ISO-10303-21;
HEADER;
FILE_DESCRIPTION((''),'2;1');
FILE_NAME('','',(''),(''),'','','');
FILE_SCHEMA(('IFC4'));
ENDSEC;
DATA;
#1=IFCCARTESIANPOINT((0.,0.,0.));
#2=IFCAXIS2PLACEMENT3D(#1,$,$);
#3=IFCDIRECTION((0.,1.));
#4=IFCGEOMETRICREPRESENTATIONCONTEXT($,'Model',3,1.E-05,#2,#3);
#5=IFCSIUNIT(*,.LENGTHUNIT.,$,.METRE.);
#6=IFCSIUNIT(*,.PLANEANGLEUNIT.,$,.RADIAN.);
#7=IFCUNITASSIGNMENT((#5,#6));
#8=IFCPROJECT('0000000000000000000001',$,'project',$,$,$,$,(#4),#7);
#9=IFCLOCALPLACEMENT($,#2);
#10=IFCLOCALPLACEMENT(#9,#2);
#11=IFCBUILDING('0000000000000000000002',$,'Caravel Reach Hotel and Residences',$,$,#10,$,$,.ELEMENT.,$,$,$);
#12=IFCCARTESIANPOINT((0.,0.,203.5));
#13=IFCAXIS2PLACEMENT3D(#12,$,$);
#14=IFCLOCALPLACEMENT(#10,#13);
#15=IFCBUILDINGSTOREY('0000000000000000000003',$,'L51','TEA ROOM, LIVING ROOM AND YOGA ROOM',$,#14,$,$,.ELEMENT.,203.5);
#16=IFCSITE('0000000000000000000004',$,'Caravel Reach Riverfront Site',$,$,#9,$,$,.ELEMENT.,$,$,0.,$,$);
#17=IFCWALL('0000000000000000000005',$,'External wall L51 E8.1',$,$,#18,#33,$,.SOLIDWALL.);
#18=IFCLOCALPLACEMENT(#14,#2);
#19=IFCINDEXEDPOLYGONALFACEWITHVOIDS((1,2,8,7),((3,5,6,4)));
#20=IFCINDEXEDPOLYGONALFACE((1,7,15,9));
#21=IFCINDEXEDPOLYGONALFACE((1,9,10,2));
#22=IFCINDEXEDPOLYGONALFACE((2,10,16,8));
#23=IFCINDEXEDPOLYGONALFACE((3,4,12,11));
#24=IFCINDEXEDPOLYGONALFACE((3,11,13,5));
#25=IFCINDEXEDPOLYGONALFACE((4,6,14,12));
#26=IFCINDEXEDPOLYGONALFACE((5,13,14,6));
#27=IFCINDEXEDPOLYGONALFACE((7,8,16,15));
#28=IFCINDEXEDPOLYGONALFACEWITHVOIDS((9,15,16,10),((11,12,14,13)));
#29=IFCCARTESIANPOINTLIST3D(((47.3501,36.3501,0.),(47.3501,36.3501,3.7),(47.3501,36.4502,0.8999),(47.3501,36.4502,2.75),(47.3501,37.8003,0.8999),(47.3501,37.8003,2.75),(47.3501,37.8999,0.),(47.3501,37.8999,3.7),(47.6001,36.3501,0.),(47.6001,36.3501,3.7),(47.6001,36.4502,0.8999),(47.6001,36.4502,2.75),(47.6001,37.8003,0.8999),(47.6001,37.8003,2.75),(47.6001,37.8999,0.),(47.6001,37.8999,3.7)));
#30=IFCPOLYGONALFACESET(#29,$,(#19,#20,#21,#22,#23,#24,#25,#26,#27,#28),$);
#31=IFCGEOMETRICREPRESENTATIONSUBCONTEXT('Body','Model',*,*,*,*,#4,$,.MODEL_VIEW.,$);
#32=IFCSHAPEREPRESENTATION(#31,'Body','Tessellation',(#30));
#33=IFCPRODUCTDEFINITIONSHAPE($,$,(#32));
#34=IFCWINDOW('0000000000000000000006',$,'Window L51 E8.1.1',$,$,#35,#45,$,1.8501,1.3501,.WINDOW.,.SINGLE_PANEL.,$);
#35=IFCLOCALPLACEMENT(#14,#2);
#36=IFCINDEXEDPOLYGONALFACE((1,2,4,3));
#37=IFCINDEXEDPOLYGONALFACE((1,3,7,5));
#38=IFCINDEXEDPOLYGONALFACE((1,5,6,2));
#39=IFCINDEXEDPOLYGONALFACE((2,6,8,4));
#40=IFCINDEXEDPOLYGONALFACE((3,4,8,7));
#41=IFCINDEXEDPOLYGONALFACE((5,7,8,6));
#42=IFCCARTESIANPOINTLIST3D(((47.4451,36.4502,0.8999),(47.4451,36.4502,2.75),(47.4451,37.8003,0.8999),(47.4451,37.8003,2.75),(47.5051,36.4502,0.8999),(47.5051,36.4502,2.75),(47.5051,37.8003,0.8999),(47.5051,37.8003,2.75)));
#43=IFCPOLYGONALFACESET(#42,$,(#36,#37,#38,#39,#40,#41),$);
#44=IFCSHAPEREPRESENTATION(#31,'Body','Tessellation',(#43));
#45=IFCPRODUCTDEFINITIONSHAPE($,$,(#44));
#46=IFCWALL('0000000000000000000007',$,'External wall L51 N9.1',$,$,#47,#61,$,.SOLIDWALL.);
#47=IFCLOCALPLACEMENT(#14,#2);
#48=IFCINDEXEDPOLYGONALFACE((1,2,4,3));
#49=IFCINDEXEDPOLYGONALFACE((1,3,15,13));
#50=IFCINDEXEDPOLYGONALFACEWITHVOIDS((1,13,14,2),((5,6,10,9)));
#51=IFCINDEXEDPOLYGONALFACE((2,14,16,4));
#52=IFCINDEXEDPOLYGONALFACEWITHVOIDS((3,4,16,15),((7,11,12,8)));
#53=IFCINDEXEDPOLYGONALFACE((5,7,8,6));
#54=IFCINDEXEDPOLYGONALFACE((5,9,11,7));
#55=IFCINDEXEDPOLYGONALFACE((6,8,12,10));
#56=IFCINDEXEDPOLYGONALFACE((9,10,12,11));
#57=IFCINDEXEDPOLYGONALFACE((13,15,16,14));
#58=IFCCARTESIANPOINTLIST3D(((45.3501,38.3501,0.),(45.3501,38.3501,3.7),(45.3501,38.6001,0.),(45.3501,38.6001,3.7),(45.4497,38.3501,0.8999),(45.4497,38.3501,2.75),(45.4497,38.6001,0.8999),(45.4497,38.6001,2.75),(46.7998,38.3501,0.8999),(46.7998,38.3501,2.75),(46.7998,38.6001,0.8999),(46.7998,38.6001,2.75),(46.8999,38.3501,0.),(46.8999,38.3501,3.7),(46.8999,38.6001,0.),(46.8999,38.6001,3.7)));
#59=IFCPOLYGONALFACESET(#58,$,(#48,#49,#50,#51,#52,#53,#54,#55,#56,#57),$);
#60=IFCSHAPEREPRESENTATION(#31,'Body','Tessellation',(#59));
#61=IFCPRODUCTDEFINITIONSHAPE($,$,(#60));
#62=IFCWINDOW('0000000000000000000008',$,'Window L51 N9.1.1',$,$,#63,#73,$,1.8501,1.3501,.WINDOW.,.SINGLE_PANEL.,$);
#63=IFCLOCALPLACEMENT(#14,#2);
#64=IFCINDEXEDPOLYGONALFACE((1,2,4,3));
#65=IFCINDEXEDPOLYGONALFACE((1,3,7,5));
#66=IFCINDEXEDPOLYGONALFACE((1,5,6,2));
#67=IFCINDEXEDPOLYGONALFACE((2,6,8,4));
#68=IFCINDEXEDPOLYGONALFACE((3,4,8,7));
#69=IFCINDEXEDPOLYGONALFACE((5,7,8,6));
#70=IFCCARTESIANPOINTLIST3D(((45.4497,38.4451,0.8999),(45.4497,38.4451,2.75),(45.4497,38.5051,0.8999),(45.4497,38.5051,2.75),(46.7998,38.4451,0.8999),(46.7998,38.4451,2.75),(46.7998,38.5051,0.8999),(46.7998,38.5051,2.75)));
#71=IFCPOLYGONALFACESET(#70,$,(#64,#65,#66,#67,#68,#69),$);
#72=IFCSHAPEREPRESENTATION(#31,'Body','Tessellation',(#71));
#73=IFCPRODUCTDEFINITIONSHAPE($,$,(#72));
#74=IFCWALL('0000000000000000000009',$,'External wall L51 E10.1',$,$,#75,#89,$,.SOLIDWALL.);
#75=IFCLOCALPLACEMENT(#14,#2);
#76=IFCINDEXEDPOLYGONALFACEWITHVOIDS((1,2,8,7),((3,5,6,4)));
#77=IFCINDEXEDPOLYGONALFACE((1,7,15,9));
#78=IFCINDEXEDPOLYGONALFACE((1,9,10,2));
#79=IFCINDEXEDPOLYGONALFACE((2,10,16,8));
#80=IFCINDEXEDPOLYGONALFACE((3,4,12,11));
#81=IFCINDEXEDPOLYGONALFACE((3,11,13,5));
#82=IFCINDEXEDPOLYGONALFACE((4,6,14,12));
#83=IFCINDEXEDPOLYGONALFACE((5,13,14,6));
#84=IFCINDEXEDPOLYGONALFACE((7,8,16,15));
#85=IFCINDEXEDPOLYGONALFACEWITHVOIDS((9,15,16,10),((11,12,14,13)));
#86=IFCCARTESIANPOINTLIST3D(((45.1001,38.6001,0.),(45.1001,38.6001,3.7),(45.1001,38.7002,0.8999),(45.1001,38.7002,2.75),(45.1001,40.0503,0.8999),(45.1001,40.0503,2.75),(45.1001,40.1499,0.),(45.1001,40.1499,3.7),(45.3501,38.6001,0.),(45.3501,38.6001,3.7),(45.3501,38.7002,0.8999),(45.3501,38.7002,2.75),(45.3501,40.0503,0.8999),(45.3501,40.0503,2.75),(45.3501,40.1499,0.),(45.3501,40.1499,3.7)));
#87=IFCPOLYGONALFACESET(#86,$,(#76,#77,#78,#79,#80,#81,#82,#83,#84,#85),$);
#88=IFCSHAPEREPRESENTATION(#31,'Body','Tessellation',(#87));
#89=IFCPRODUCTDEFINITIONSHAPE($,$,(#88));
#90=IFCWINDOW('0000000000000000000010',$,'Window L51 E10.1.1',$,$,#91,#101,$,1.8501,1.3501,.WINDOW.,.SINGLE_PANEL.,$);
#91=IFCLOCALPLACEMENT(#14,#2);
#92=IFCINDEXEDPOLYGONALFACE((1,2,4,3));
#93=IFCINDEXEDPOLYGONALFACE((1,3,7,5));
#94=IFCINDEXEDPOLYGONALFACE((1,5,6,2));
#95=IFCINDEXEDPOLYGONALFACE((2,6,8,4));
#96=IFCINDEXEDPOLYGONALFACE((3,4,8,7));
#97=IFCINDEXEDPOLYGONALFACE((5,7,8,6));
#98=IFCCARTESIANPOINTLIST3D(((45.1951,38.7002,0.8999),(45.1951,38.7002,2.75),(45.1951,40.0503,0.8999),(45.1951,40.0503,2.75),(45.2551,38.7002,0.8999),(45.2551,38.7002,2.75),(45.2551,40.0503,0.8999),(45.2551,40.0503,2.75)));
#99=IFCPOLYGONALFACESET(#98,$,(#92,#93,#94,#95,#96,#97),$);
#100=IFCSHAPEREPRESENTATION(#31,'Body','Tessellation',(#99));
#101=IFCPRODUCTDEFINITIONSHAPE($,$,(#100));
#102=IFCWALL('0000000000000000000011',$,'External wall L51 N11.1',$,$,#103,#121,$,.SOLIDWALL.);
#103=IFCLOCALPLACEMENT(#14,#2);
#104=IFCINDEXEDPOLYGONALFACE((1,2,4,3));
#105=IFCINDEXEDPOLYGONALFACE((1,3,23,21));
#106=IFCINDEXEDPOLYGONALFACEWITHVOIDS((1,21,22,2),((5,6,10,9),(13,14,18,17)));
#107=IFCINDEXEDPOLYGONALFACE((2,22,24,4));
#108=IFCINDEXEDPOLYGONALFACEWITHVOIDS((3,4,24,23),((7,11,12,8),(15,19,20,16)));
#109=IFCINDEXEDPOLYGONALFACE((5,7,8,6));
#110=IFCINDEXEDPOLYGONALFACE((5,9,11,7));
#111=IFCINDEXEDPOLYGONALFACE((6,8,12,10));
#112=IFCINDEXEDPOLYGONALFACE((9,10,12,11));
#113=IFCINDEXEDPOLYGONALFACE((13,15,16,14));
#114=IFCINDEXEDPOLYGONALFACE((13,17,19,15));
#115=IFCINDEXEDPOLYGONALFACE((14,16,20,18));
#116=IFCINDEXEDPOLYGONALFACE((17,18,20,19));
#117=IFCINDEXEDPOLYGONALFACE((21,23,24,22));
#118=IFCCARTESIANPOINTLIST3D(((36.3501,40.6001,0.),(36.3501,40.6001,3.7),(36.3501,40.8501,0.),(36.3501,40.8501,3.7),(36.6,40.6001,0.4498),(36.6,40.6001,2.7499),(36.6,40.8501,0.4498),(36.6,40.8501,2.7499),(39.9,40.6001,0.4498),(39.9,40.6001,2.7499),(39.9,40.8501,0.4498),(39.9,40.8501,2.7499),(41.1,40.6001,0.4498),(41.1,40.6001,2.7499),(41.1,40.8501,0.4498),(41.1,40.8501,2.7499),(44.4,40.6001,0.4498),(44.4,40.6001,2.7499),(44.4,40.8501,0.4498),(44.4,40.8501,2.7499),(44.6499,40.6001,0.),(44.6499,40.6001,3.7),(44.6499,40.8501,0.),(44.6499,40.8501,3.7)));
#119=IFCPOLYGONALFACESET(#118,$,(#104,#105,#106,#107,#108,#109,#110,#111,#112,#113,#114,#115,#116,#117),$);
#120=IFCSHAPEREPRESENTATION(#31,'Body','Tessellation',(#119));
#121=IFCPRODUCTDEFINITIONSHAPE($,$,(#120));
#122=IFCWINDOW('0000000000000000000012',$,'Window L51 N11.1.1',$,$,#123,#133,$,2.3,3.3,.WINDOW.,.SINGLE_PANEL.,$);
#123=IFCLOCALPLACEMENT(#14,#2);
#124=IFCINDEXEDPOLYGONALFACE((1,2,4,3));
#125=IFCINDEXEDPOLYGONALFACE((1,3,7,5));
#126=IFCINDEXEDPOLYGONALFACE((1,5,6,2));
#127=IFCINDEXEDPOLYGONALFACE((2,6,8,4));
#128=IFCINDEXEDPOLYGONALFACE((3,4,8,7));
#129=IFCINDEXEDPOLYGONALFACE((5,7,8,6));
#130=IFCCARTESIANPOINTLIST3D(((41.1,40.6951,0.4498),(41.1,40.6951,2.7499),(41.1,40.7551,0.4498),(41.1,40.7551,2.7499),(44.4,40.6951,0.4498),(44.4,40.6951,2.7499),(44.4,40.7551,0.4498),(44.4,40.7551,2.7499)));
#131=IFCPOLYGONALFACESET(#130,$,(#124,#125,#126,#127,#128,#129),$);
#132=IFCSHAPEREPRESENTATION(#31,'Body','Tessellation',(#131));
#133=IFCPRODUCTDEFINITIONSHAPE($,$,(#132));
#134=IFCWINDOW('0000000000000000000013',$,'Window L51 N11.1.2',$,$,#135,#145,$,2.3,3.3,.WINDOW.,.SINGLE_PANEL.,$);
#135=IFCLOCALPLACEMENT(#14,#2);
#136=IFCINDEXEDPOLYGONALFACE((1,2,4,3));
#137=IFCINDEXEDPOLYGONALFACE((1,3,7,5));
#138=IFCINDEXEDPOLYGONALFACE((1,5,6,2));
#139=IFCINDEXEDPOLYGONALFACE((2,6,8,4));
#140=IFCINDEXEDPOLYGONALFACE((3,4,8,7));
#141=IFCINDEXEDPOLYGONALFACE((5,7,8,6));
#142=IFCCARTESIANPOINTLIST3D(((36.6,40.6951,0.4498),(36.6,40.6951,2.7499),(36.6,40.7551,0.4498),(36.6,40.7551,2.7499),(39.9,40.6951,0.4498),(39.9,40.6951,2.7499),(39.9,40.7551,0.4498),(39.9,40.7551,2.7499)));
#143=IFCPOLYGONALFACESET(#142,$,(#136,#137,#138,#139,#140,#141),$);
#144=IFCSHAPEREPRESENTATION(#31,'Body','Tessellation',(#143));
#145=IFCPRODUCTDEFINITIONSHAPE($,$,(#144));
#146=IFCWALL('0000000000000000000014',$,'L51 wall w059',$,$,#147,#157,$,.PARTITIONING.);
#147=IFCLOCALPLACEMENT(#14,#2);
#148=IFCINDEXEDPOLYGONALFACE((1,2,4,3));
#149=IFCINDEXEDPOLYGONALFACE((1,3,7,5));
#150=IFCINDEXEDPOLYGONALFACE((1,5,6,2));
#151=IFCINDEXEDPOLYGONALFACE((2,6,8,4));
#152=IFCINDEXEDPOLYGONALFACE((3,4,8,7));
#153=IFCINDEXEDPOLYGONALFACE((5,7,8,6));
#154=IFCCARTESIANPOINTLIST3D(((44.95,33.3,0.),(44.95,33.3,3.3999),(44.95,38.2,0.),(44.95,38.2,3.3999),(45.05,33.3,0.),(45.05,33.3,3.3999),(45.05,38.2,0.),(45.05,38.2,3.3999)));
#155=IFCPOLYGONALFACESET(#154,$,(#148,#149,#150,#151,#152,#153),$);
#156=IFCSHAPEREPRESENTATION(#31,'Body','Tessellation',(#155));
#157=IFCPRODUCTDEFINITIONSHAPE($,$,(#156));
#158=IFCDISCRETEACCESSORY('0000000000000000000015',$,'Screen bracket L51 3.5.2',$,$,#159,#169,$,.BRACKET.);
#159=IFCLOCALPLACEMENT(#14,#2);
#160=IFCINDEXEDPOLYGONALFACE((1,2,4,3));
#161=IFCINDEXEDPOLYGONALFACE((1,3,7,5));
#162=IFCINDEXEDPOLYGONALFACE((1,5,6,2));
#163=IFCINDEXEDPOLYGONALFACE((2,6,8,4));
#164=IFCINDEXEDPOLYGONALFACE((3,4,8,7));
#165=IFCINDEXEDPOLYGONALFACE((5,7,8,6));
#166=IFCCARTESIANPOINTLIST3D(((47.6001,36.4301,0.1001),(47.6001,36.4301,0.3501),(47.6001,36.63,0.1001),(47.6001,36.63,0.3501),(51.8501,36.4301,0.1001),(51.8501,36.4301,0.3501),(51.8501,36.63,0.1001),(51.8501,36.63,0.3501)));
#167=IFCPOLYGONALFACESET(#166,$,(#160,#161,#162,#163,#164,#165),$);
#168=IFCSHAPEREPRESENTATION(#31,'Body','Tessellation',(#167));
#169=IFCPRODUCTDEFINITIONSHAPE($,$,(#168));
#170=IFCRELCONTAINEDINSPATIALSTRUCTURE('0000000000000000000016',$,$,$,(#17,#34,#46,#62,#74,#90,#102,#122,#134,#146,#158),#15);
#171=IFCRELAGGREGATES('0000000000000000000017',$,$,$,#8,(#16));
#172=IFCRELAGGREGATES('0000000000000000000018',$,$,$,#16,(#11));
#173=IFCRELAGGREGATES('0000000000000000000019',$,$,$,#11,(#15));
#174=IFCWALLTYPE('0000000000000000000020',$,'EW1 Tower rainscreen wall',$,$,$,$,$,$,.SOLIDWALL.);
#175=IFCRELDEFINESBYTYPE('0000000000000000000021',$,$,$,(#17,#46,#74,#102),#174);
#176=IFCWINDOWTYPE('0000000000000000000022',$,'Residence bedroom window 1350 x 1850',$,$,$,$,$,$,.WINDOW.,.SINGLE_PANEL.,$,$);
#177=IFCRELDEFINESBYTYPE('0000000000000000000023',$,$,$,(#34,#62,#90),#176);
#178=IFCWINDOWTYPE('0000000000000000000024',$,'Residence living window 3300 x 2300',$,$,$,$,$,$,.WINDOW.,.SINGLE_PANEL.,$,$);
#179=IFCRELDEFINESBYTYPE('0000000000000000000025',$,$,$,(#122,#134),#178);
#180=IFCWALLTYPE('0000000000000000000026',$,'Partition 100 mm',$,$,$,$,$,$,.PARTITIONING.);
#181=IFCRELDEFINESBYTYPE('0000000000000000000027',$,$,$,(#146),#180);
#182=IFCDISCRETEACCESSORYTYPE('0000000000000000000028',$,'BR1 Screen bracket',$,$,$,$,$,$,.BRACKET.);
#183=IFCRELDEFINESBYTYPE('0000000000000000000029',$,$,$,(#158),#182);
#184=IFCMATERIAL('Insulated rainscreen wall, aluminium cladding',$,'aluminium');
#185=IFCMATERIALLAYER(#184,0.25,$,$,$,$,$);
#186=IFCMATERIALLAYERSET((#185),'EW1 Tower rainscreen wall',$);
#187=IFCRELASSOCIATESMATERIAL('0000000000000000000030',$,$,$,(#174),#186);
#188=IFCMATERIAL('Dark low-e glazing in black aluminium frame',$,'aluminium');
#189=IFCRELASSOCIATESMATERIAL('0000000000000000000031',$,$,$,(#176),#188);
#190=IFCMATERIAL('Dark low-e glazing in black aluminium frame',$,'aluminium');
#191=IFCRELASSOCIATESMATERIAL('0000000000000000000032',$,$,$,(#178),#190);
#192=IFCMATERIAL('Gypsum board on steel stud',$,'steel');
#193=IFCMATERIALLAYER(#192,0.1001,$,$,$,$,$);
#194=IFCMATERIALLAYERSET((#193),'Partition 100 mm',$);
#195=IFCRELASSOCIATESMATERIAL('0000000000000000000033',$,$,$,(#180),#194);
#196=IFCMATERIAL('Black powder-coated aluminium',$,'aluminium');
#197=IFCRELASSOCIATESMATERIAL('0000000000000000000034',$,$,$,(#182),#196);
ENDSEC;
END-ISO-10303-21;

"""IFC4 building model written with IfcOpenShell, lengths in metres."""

from ifc_helpers import new_model, si_unit, direction, frame, frame_2d, origin, origin_2d, place, context, subcontext, project, spatial, rectangle, extrude, material, layer, layer_set, type_object, element, fill, save


model = new_model("IFC4")

# Units and contexts
model_context = context("Model", 3, precision=1e-05, world=origin(), true_north=direction((0.0, 1.0)))
body_context = subcontext(model_context, "Body", "Model", "MODEL_VIEW")
ifc_project = project(units=[si_unit("LENGTHUNIT", "METRE"), si_unit("PLANEANGLEUNIT", "RADIAN")], contexts=[model_context])

# Site, building, storey
site_placement = place(None, origin())
site = spatial("IfcSite", under=ifc_project, at=site_placement, Name="Caravel Reach Riverfront Site", CompositionType="ELEMENT", RefElevation=0.0)
building_placement = place(site_placement, origin())
building = spatial("IfcBuilding", under=site, at=building_placement, Name="Caravel Reach Hotel and Residences", CompositionType="ELEMENT")
storey_placement = place(building_placement, frame((0.0, 0.0, 203.5)))
storey = spatial("IfcBuildingStorey", under=building, at=storey_placement, Name="L51", Description="TEA ROOM, LIVING ROOM AND YOGA ROOM", CompositionType="ELEMENT", Elevation=203.5)

# Walls, openings, windows
ifc_material_1 = material(Name="Insulated rainscreen wall, aluminium cladding", Category="aluminium")
ifc_layer_1 = layer(ifc_material_1, 0.25)
ifc_layer_set_1 = layer_set([ifc_layer_1], Name="EW1 Tower rainscreen wall")
wall_type_1 = type_object("IfcWallType", Name="EW1 Tower rainscreen wall", PredefinedType="SOLIDWALL", material=ifc_layer_set_1)
ifc_material_2 = material(Name="Dark low-e glazing in black aluminium frame", Category="aluminium")
window_type_1 = type_object("IfcWindowType", Name="Residence bedroom window 1350 x 1850", PartitioningType="SINGLE_PANEL", PredefinedType="WINDOW", material=ifc_material_2)
wall_1_placement = place(storey_placement, frame((47.4751, 36.3501, 0.0), z_axis=(0.0, 0.0, 1.0), x_axis=(0.0, 1.0, 0.0)))
wall_1 = element("IfcWall", 1, at=wall_1_placement, inside=storey, type_object=wall_type_1, Name="External wall L51 E8.1", PredefinedType="SOLIDWALL", context=body_context, shape_type="SweptSolid", body=[
    extrude(rectangle(XDim=1.5498, YDim=0.25, at=frame_2d((0.7749, 0.0))), origin(), (0.0, 0.0, 1.0), 3.7),
])
opening_1_placement = place(wall_1_placement, frame((0.1001, 0.0, 0.8999)))
opening_1 = element("IfcOpeningElement", 2, at=opening_1_placement, cuts=wall_1, PredefinedType="OPENING", context=body_context, shape_type="SweptSolid", body=[
    extrude(rectangle(XDim=1.3501, YDim=1.8501, at=frame_2d((0.675, 0.925))), frame((0.0, 0.135, 0.0), z_axis=(0.0, -1.0, 0.0), x_axis=(1.0, 0.0, 0.0)), (0.0, 0.0, 1.0), 0.27),
])
window_1_placement = place(opening_1_placement, origin())
window_1 = element("IfcWindow", 3, at=window_1_placement, inside=storey, type_object=window_type_1, Name="Window L51 E8.1.1", OverallHeight=1.8501, OverallWidth=1.3501, PartitioningType="SINGLE_PANEL", PredefinedType="WINDOW", context=body_context, shape_type="SweptSolid", body=[
    extrude(rectangle(XDim=1.3501, YDim=1.8501, at=frame_2d((0.675, 0.925))), frame((0.0, 0.03, 0.0), z_axis=(0.0, -1.0, 0.0), x_axis=(1.0, 0.0, 0.0)), (0.0, 0.0, 1.0), 0.0601),
])
fill(opening_1, window_1)
wall_2_placement = place(storey_placement, frame((46.8999, 38.4751, 0.0), z_axis=(0.0, 0.0, 1.0), x_axis=(-1.0, 0.0, 0.0)))
wall_2 = element("IfcWall", 4, at=wall_2_placement, inside=storey, type_object=wall_type_1, Name="External wall L51 N9.1", PredefinedType="SOLIDWALL", context=body_context, shape_type="SweptSolid", body=[
    extrude(rectangle(XDim=1.5498, YDim=0.25, at=frame_2d((0.7749, 0.0))), origin(), (0.0, 0.0, 1.0), 3.7),
])
opening_2_placement = place(wall_2_placement, frame((0.1001, 0.0, 0.8999)))
opening_2 = element("IfcOpeningElement", 5, at=opening_2_placement, cuts=wall_2, PredefinedType="OPENING", context=body_context, shape_type="SweptSolid", body=[
    extrude(rectangle(XDim=1.3501, YDim=1.8501, at=frame_2d((0.675, 0.925))), frame((0.0, 0.135, 0.0), z_axis=(0.0, -1.0, 0.0), x_axis=(1.0, 0.0, 0.0)), (0.0, 0.0, 1.0), 0.27),
])
window_2_placement = place(opening_2_placement, origin())
window_2 = element("IfcWindow", 6, at=window_2_placement, inside=storey, type_object=window_type_1, Name="Window L51 N9.1.1", OverallHeight=1.8501, OverallWidth=1.3501, PartitioningType="SINGLE_PANEL", PredefinedType="WINDOW", context=body_context, shape_type="SweptSolid", body=[
    extrude(rectangle(XDim=1.3501, YDim=1.8501, at=frame_2d((0.675, 0.925))), frame((0.0, 0.03, 0.0), z_axis=(0.0, -1.0, 0.0), x_axis=(1.0, 0.0, 0.0)), (0.0, 0.0, 1.0), 0.0601),
])
fill(opening_2, window_2)
wall_3_placement = place(storey_placement, frame((45.2251, 38.6001, 0.0), z_axis=(0.0, 0.0, 1.0), x_axis=(0.0, 1.0, 0.0)))
wall_3 = element("IfcWall", 7, at=wall_3_placement, inside=storey, type_object=wall_type_1, Name="External wall L51 E10.1", PredefinedType="SOLIDWALL", context=body_context, shape_type="SweptSolid", body=[
    extrude(rectangle(XDim=1.5498, YDim=0.25, at=frame_2d((0.7749, 0.0))), origin(), (0.0, 0.0, 1.0), 3.7),
])
opening_3_placement = place(wall_3_placement, frame((0.1001, 0.0, 0.8999)))
opening_3 = element("IfcOpeningElement", 8, at=opening_3_placement, cuts=wall_3, PredefinedType="OPENING", context=body_context, shape_type="SweptSolid", body=[
    extrude(rectangle(XDim=1.3501, YDim=1.8501, at=frame_2d((0.675, 0.925))), frame((0.0, 0.135, 0.0), z_axis=(0.0, -1.0, 0.0), x_axis=(1.0, 0.0, 0.0)), (0.0, 0.0, 1.0), 0.27),
])
window_3_placement = place(opening_3_placement, origin())
window_3 = element("IfcWindow", 9, at=window_3_placement, inside=storey, type_object=window_type_1, Name="Window L51 E10.1.1", OverallHeight=1.8501, OverallWidth=1.3501, PartitioningType="SINGLE_PANEL", PredefinedType="WINDOW", context=body_context, shape_type="SweptSolid", body=[
    extrude(rectangle(XDim=1.3501, YDim=1.8501, at=frame_2d((0.675, 0.925))), frame((0.0, 0.03, 0.0), z_axis=(0.0, -1.0, 0.0), x_axis=(1.0, 0.0, 0.0)), (0.0, 0.0, 1.0), 0.0601),
])
fill(opening_3, window_3)

# Wall, openings, windows
wall_4_placement = place(storey_placement, frame((44.6499, 40.7251, 0.0), z_axis=(0.0, 0.0, 1.0), x_axis=(-1.0, 0.0, 0.0)))
wall_4 = element("IfcWall", 10, at=wall_4_placement, inside=storey, type_object=wall_type_1, Name="External wall L51 N11.1", PredefinedType="SOLIDWALL", context=body_context, shape_type="SweptSolid", body=[
    extrude(rectangle(XDim=8.2998, YDim=0.25, at=frame_2d((4.1499, 0.0))), origin(), (0.0, 0.0, 1.0), 3.7),
])
opening_4_placement = place(wall_4_placement, frame((0.25, 0.0, 0.45)))
opening_4 = element("IfcOpeningElement", 11, at=opening_4_placement, cuts=wall_4, PredefinedType="OPENING", context=body_context, shape_type="SweptSolid", body=[
    extrude(rectangle(XDim=3.3, YDim=2.3, at=frame_2d((1.6499, 1.1499))), frame((0.0, 0.135, 0.0), z_axis=(0.0, -1.0, 0.0), x_axis=(1.0, 0.0, 0.0)), (0.0, 0.0, 1.0), 0.27),
])
opening_5_placement = place(wall_4_placement, frame((4.75, 0.0, 0.45)))
opening_5 = element("IfcOpeningElement", 12, at=opening_5_placement, cuts=wall_4, PredefinedType="OPENING", context=body_context, shape_type="SweptSolid", body=[
    extrude(rectangle(XDim=3.3, YDim=2.3, at=frame_2d((1.6499, 1.1499))), frame((0.0, 0.135, 0.0), z_axis=(0.0, -1.0, 0.0), x_axis=(1.0, 0.0, 0.0)), (0.0, 0.0, 1.0), 0.27),
])
ifc_material_3 = material(Name="Dark low-e glazing in black aluminium frame", Category="aluminium")
window_type_2 = type_object("IfcWindowType", Name="Residence living window 3300 x 2300", PartitioningType="SINGLE_PANEL", PredefinedType="WINDOW", material=ifc_material_3)
window_4_placement = place(opening_4_placement, origin())
window_4 = element("IfcWindow", 13, at=window_4_placement, inside=storey, type_object=window_type_2, Name="Window L51 N11.1.1", OverallHeight=2.3, OverallWidth=3.3, PartitioningType="SINGLE_PANEL", PredefinedType="WINDOW", context=body_context, shape_type="SweptSolid", body=[
    extrude(rectangle(XDim=3.3, YDim=2.3, at=frame_2d((1.6499, 1.1499))), frame((0.0, 0.03, 0.0), z_axis=(0.0, -1.0, 0.0), x_axis=(1.0, 0.0, 0.0)), (0.0, 0.0, 1.0), 0.0601),
])
fill(opening_4, window_4)
window_5_placement = place(opening_5_placement, origin())
window_5 = element("IfcWindow", 14, at=window_5_placement, inside=storey, type_object=window_type_2, Name="Window L51 N11.1.2", OverallHeight=2.3, OverallWidth=3.3, PartitioningType="SINGLE_PANEL", PredefinedType="WINDOW", context=body_context, shape_type="SweptSolid", body=[
    extrude(rectangle(XDim=3.3, YDim=2.3, at=frame_2d((1.6499, 1.1499))), frame((0.0, 0.03, 0.0), z_axis=(0.0, -1.0, 0.0), x_axis=(1.0, 0.0, 0.0)), (0.0, 0.0, 1.0), 0.0601),
])
fill(opening_5, window_5)

# Wall
ifc_material_4 = material(Name="Gypsum board on steel stud", Category="steel")
ifc_layer_2 = layer(ifc_material_4, 0.1001)
ifc_layer_set_2 = layer_set([ifc_layer_2], Name="Partition 100 mm")
wall_type_2 = type_object("IfcWallType", Name="Partition 100 mm", PredefinedType="PARTITIONING", material=ifc_layer_set_2)
wall_5_placement = place(storey_placement, frame((45.0, 33.3, 0.0), z_axis=(0.0, 0.0, 1.0), x_axis=(0.0, 1.0, 0.0)))
element("IfcWall", 15, at=wall_5_placement, inside=storey, type_object=wall_type_2, Name="L51 wall w059", PredefinedType="PARTITIONING", context=body_context, shape_type="SweptSolid", body=[
    extrude(rectangle(XDim=4.8999, YDim=0.1001, at=frame_2d((2.45, 0.0))), origin(), (0.0, 0.0, 1.0), 3.3999),
])

# Discrete accessory
ifc_material_5 = material(Name="Black powder-coated aluminium", Category="aluminium")
discrete_accessory_type = type_object("IfcDiscreteAccessoryType", Name="BR1 Screen bracket", PredefinedType="BRACKET", material=ifc_material_5)
discrete_accessory_placement = place(storey_placement, frame((49.7251, 36.53, 0.1001), z_axis=(0.0, 0.0, 1.0), x_axis=(1.0, 0.0, 0.0)))
element("IfcDiscreteAccessory", 16, at=discrete_accessory_placement, inside=storey, type_object=discrete_accessory_type, Name="Screen bracket L51 3.5.2", PredefinedType="BRACKET", context=body_context, shape_type="SweptSolid", body=[
    extrude(rectangle(XDim=4.25, YDim=0.2, at=origin_2d()), origin(), (0.0, 0.0, 1.0), 0.25),
])

save(model, "model.ifc")
